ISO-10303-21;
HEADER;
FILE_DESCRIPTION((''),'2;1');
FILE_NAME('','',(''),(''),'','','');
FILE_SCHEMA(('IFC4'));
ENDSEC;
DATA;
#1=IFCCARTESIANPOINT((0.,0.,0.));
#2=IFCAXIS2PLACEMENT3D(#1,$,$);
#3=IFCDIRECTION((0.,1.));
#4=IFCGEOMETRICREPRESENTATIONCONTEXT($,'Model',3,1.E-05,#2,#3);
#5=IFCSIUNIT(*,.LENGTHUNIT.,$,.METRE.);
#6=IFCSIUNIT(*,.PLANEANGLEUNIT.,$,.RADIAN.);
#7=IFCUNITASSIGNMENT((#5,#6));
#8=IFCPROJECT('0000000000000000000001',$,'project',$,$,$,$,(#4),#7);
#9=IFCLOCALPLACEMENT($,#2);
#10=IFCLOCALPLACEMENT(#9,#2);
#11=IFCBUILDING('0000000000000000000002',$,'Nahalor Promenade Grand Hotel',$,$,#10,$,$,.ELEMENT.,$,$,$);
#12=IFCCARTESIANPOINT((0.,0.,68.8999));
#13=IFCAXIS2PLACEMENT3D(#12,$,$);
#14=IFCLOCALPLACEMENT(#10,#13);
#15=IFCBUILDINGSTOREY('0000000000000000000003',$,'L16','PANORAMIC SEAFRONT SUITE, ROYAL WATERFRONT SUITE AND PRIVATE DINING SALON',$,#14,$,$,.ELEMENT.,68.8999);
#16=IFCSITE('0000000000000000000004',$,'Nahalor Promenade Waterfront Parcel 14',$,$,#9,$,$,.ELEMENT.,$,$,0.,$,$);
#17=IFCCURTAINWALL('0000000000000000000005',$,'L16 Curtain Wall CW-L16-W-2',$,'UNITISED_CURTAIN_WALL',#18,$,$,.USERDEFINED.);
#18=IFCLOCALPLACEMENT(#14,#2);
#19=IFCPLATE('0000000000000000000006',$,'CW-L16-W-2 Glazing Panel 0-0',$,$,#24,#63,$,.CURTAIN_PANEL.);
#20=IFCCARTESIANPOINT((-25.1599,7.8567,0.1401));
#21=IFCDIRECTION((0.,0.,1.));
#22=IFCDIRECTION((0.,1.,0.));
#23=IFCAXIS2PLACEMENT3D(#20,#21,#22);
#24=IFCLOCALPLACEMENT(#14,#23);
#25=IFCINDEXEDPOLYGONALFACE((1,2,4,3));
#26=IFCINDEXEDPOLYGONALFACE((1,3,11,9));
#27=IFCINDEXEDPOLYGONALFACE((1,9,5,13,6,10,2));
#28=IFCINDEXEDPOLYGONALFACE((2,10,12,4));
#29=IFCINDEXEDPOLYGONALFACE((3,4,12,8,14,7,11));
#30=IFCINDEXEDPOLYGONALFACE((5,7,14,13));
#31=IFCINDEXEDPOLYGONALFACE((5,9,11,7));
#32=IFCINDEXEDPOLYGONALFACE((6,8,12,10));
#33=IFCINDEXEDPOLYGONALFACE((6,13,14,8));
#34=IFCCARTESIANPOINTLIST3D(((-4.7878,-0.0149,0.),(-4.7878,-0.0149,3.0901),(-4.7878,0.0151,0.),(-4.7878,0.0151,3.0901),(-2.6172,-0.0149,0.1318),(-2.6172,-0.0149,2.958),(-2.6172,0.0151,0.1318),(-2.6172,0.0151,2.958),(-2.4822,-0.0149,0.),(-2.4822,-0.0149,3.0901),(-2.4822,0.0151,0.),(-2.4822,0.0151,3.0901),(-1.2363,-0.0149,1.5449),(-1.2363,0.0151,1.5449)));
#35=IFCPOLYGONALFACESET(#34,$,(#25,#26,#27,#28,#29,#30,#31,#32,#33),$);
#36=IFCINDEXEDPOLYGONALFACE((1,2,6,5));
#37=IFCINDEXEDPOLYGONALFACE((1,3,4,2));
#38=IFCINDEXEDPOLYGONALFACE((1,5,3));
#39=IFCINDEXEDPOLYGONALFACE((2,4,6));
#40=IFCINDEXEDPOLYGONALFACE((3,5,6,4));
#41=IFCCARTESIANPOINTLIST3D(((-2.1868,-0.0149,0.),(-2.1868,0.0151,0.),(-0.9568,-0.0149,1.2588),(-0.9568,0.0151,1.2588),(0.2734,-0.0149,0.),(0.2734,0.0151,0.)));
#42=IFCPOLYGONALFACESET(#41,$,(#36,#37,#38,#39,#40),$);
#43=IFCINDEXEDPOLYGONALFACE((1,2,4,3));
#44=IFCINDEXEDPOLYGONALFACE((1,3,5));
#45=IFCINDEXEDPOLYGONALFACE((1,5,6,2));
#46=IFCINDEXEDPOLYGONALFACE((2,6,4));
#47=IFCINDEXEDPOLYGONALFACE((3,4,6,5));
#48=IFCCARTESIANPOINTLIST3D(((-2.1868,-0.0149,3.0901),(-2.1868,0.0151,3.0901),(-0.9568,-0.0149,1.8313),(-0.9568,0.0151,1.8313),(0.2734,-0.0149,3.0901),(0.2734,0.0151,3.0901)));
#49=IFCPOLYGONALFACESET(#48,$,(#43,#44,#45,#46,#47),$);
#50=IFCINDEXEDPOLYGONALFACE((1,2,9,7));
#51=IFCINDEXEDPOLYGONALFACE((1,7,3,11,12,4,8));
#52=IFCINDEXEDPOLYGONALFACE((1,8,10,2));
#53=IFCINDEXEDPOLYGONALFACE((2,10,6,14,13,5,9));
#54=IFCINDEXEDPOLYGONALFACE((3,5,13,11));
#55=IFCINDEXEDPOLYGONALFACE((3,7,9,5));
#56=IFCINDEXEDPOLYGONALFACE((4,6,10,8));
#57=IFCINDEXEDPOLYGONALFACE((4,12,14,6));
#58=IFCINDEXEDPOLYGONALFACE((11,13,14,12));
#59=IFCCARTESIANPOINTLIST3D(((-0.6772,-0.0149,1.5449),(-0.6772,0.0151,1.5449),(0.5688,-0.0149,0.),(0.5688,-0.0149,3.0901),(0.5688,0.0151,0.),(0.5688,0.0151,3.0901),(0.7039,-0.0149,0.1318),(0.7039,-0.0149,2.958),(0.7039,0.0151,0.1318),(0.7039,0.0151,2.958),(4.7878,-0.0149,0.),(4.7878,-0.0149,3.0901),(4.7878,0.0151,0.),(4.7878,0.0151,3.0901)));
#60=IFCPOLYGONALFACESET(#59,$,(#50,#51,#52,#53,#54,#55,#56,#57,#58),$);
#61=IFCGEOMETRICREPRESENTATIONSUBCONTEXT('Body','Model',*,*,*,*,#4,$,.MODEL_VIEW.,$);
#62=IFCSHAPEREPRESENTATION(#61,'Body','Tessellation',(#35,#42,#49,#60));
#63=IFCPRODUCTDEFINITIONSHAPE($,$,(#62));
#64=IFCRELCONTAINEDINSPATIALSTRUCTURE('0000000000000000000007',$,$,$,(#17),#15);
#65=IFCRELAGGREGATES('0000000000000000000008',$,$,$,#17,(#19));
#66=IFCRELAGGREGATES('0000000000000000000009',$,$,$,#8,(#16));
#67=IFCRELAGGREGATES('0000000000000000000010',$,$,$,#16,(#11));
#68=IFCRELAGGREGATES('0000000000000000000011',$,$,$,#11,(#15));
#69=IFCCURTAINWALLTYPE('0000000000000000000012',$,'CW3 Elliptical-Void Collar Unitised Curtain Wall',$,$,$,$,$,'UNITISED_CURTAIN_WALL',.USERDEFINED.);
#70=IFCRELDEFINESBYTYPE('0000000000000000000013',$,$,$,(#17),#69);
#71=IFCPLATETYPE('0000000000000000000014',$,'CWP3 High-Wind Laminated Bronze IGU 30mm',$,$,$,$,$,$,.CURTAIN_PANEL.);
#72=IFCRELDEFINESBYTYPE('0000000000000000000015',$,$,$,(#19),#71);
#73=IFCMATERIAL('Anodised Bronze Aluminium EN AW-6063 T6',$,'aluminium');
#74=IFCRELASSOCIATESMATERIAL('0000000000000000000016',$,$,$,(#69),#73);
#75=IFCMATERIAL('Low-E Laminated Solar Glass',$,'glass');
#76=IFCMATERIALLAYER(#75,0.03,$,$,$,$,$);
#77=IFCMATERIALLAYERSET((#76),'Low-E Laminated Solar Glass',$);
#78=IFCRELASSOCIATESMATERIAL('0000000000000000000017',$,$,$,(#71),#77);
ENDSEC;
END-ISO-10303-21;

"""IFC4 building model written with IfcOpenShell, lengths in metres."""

from ifc_helpers import new_model, si_unit, direction, frame, origin, place, context, subcontext, project, spatial, polyline, outline, extrude, material, layer, layer_set, type_object, element, aggregate, save


model = new_model("IFC4")

# Units and contexts
model_context = context("Model", 3, precision=1e-05, world=origin(), true_north=direction((0.0, 1.0)))
body_context = subcontext(model_context, "Body", "Model", "MODEL_VIEW")
ifc_project = project(units=[si_unit("LENGTHUNIT", "METRE"), si_unit("PLANEANGLEUNIT", "RADIAN")], contexts=[model_context])

# Site, building, storey
site_placement = place(None, origin())
site = spatial("IfcSite", under=ifc_project, at=site_placement, Name="Nahalor Promenade Waterfront Parcel 14", CompositionType="ELEMENT", RefElevation=0.0)
building_placement = place(site_placement, origin())
building = spatial("IfcBuilding", under=site, at=building_placement, Name="Nahalor Promenade Grand Hotel", CompositionType="ELEMENT")
storey_placement = place(building_placement, frame((0.0, 0.0, 68.8999)))
storey = spatial("IfcBuildingStorey", under=building, at=storey_placement, Name="L16", Description="PANORAMIC SEAFRONT SUITE, ROYAL WATERFRONT SUITE AND PRIVATE DINING SALON", CompositionType="ELEMENT", Elevation=68.8999)

# Curtain wall
ifc_material_1 = material(Name="Anodised Bronze Aluminium EN AW-6063 T6", Category="aluminium")
curtain_wall_type = type_object("IfcCurtainWallType", Name="CW3 Elliptical-Void Collar Unitised Curtain Wall", ElementType="UNITISED_CURTAIN_WALL", PredefinedType="USERDEFINED", material=ifc_material_1)
curtain_wall_1_placement = place(storey_placement, origin())
curtain_wall_1 = element("IfcCurtainWall", 1, at=curtain_wall_1_placement, inside=storey, type_object=curtain_wall_type, Name="L16 Curtain Wall CW-L16-W-2", ObjectType="UNITISED_CURTAIN_WALL", PredefinedType="USERDEFINED")

# Plate
ifc_material_2 = material(Name="Low-E Laminated Solar Glass", Category="glass")
ifc_layer_1 = layer(ifc_material_2, 0.03)
ifc_layer_set_1 = layer_set([ifc_layer_1], Name="Low-E Laminated Solar Glass")
plate_type_1 = type_object("IfcPlateType", Name="CWP3 High-Wind Laminated Bronze IGU 30mm", PredefinedType="CURTAIN_PANEL", material=ifc_layer_set_1)
plate_1_placement = place(storey_placement, frame((-25.1599, 7.8567, 0.1401), z_axis=(0.0, 0.0, 1.0), x_axis=(0.0, 1.0, 0.0)))
plate_1 = element("IfcPlate", 2, at=plate_1_placement, type_object=plate_type_1, Name="CW-L16-W-2 Glazing Panel 0-0", PredefinedType="CURTAIN_PANEL", context=body_context, shape_type="SweptSolid", body=[
    extrude(outline(polyline([(-4.7878, 3.0901), (-4.7878, 0.0), (-2.4822, 0.0), (-2.6172, 0.1318), (-1.2363, 1.5449), (-2.6172, 2.958), (-2.4822, 3.0901), (-4.7878, 3.0901)])), frame((0.0, 0.0151, 0.0), z_axis=(0.0, -1.0, 0.0), x_axis=(1.0, 0.0, 0.0)), (0.0, 0.0, 1.0), 0.03),
    extrude(outline(polyline([(-0.9568, 1.2588), (-2.1868, 0.0), (0.2734, 0.0), (-0.9568, 1.2588)])), frame((0.0, 0.0151, 0.0), z_axis=(0.0, -1.0, 0.0), x_axis=(1.0, 0.0, 0.0)), (0.0, 0.0, 1.0), 0.03),
    extrude(outline(polyline([(-0.9568, 1.8313), (0.2734, 3.0901), (-2.1868, 3.0901), (-0.9568, 1.8313)])), frame((0.0, 0.0151, 0.0), z_axis=(0.0, -1.0, 0.0), x_axis=(1.0, 0.0, 0.0)), (0.0, 0.0, 1.0), 0.03),
    extrude(outline(polyline([(4.7878, 0.0), (4.7878, 3.0901), (0.5688, 3.0901), (0.7039, 2.958), (-0.6772, 1.5449), (0.7039, 0.1318), (0.5688, 0.0), (4.7878, 0.0)])), frame((0.0, 0.0151, 0.0), z_axis=(0.0, -1.0, 0.0), x_axis=(1.0, 0.0, 0.0)), (0.0, 0.0, 1.0), 0.03),
])
aggregate(curtain_wall_1, [plate_1])

save(model, "model.ifc")
